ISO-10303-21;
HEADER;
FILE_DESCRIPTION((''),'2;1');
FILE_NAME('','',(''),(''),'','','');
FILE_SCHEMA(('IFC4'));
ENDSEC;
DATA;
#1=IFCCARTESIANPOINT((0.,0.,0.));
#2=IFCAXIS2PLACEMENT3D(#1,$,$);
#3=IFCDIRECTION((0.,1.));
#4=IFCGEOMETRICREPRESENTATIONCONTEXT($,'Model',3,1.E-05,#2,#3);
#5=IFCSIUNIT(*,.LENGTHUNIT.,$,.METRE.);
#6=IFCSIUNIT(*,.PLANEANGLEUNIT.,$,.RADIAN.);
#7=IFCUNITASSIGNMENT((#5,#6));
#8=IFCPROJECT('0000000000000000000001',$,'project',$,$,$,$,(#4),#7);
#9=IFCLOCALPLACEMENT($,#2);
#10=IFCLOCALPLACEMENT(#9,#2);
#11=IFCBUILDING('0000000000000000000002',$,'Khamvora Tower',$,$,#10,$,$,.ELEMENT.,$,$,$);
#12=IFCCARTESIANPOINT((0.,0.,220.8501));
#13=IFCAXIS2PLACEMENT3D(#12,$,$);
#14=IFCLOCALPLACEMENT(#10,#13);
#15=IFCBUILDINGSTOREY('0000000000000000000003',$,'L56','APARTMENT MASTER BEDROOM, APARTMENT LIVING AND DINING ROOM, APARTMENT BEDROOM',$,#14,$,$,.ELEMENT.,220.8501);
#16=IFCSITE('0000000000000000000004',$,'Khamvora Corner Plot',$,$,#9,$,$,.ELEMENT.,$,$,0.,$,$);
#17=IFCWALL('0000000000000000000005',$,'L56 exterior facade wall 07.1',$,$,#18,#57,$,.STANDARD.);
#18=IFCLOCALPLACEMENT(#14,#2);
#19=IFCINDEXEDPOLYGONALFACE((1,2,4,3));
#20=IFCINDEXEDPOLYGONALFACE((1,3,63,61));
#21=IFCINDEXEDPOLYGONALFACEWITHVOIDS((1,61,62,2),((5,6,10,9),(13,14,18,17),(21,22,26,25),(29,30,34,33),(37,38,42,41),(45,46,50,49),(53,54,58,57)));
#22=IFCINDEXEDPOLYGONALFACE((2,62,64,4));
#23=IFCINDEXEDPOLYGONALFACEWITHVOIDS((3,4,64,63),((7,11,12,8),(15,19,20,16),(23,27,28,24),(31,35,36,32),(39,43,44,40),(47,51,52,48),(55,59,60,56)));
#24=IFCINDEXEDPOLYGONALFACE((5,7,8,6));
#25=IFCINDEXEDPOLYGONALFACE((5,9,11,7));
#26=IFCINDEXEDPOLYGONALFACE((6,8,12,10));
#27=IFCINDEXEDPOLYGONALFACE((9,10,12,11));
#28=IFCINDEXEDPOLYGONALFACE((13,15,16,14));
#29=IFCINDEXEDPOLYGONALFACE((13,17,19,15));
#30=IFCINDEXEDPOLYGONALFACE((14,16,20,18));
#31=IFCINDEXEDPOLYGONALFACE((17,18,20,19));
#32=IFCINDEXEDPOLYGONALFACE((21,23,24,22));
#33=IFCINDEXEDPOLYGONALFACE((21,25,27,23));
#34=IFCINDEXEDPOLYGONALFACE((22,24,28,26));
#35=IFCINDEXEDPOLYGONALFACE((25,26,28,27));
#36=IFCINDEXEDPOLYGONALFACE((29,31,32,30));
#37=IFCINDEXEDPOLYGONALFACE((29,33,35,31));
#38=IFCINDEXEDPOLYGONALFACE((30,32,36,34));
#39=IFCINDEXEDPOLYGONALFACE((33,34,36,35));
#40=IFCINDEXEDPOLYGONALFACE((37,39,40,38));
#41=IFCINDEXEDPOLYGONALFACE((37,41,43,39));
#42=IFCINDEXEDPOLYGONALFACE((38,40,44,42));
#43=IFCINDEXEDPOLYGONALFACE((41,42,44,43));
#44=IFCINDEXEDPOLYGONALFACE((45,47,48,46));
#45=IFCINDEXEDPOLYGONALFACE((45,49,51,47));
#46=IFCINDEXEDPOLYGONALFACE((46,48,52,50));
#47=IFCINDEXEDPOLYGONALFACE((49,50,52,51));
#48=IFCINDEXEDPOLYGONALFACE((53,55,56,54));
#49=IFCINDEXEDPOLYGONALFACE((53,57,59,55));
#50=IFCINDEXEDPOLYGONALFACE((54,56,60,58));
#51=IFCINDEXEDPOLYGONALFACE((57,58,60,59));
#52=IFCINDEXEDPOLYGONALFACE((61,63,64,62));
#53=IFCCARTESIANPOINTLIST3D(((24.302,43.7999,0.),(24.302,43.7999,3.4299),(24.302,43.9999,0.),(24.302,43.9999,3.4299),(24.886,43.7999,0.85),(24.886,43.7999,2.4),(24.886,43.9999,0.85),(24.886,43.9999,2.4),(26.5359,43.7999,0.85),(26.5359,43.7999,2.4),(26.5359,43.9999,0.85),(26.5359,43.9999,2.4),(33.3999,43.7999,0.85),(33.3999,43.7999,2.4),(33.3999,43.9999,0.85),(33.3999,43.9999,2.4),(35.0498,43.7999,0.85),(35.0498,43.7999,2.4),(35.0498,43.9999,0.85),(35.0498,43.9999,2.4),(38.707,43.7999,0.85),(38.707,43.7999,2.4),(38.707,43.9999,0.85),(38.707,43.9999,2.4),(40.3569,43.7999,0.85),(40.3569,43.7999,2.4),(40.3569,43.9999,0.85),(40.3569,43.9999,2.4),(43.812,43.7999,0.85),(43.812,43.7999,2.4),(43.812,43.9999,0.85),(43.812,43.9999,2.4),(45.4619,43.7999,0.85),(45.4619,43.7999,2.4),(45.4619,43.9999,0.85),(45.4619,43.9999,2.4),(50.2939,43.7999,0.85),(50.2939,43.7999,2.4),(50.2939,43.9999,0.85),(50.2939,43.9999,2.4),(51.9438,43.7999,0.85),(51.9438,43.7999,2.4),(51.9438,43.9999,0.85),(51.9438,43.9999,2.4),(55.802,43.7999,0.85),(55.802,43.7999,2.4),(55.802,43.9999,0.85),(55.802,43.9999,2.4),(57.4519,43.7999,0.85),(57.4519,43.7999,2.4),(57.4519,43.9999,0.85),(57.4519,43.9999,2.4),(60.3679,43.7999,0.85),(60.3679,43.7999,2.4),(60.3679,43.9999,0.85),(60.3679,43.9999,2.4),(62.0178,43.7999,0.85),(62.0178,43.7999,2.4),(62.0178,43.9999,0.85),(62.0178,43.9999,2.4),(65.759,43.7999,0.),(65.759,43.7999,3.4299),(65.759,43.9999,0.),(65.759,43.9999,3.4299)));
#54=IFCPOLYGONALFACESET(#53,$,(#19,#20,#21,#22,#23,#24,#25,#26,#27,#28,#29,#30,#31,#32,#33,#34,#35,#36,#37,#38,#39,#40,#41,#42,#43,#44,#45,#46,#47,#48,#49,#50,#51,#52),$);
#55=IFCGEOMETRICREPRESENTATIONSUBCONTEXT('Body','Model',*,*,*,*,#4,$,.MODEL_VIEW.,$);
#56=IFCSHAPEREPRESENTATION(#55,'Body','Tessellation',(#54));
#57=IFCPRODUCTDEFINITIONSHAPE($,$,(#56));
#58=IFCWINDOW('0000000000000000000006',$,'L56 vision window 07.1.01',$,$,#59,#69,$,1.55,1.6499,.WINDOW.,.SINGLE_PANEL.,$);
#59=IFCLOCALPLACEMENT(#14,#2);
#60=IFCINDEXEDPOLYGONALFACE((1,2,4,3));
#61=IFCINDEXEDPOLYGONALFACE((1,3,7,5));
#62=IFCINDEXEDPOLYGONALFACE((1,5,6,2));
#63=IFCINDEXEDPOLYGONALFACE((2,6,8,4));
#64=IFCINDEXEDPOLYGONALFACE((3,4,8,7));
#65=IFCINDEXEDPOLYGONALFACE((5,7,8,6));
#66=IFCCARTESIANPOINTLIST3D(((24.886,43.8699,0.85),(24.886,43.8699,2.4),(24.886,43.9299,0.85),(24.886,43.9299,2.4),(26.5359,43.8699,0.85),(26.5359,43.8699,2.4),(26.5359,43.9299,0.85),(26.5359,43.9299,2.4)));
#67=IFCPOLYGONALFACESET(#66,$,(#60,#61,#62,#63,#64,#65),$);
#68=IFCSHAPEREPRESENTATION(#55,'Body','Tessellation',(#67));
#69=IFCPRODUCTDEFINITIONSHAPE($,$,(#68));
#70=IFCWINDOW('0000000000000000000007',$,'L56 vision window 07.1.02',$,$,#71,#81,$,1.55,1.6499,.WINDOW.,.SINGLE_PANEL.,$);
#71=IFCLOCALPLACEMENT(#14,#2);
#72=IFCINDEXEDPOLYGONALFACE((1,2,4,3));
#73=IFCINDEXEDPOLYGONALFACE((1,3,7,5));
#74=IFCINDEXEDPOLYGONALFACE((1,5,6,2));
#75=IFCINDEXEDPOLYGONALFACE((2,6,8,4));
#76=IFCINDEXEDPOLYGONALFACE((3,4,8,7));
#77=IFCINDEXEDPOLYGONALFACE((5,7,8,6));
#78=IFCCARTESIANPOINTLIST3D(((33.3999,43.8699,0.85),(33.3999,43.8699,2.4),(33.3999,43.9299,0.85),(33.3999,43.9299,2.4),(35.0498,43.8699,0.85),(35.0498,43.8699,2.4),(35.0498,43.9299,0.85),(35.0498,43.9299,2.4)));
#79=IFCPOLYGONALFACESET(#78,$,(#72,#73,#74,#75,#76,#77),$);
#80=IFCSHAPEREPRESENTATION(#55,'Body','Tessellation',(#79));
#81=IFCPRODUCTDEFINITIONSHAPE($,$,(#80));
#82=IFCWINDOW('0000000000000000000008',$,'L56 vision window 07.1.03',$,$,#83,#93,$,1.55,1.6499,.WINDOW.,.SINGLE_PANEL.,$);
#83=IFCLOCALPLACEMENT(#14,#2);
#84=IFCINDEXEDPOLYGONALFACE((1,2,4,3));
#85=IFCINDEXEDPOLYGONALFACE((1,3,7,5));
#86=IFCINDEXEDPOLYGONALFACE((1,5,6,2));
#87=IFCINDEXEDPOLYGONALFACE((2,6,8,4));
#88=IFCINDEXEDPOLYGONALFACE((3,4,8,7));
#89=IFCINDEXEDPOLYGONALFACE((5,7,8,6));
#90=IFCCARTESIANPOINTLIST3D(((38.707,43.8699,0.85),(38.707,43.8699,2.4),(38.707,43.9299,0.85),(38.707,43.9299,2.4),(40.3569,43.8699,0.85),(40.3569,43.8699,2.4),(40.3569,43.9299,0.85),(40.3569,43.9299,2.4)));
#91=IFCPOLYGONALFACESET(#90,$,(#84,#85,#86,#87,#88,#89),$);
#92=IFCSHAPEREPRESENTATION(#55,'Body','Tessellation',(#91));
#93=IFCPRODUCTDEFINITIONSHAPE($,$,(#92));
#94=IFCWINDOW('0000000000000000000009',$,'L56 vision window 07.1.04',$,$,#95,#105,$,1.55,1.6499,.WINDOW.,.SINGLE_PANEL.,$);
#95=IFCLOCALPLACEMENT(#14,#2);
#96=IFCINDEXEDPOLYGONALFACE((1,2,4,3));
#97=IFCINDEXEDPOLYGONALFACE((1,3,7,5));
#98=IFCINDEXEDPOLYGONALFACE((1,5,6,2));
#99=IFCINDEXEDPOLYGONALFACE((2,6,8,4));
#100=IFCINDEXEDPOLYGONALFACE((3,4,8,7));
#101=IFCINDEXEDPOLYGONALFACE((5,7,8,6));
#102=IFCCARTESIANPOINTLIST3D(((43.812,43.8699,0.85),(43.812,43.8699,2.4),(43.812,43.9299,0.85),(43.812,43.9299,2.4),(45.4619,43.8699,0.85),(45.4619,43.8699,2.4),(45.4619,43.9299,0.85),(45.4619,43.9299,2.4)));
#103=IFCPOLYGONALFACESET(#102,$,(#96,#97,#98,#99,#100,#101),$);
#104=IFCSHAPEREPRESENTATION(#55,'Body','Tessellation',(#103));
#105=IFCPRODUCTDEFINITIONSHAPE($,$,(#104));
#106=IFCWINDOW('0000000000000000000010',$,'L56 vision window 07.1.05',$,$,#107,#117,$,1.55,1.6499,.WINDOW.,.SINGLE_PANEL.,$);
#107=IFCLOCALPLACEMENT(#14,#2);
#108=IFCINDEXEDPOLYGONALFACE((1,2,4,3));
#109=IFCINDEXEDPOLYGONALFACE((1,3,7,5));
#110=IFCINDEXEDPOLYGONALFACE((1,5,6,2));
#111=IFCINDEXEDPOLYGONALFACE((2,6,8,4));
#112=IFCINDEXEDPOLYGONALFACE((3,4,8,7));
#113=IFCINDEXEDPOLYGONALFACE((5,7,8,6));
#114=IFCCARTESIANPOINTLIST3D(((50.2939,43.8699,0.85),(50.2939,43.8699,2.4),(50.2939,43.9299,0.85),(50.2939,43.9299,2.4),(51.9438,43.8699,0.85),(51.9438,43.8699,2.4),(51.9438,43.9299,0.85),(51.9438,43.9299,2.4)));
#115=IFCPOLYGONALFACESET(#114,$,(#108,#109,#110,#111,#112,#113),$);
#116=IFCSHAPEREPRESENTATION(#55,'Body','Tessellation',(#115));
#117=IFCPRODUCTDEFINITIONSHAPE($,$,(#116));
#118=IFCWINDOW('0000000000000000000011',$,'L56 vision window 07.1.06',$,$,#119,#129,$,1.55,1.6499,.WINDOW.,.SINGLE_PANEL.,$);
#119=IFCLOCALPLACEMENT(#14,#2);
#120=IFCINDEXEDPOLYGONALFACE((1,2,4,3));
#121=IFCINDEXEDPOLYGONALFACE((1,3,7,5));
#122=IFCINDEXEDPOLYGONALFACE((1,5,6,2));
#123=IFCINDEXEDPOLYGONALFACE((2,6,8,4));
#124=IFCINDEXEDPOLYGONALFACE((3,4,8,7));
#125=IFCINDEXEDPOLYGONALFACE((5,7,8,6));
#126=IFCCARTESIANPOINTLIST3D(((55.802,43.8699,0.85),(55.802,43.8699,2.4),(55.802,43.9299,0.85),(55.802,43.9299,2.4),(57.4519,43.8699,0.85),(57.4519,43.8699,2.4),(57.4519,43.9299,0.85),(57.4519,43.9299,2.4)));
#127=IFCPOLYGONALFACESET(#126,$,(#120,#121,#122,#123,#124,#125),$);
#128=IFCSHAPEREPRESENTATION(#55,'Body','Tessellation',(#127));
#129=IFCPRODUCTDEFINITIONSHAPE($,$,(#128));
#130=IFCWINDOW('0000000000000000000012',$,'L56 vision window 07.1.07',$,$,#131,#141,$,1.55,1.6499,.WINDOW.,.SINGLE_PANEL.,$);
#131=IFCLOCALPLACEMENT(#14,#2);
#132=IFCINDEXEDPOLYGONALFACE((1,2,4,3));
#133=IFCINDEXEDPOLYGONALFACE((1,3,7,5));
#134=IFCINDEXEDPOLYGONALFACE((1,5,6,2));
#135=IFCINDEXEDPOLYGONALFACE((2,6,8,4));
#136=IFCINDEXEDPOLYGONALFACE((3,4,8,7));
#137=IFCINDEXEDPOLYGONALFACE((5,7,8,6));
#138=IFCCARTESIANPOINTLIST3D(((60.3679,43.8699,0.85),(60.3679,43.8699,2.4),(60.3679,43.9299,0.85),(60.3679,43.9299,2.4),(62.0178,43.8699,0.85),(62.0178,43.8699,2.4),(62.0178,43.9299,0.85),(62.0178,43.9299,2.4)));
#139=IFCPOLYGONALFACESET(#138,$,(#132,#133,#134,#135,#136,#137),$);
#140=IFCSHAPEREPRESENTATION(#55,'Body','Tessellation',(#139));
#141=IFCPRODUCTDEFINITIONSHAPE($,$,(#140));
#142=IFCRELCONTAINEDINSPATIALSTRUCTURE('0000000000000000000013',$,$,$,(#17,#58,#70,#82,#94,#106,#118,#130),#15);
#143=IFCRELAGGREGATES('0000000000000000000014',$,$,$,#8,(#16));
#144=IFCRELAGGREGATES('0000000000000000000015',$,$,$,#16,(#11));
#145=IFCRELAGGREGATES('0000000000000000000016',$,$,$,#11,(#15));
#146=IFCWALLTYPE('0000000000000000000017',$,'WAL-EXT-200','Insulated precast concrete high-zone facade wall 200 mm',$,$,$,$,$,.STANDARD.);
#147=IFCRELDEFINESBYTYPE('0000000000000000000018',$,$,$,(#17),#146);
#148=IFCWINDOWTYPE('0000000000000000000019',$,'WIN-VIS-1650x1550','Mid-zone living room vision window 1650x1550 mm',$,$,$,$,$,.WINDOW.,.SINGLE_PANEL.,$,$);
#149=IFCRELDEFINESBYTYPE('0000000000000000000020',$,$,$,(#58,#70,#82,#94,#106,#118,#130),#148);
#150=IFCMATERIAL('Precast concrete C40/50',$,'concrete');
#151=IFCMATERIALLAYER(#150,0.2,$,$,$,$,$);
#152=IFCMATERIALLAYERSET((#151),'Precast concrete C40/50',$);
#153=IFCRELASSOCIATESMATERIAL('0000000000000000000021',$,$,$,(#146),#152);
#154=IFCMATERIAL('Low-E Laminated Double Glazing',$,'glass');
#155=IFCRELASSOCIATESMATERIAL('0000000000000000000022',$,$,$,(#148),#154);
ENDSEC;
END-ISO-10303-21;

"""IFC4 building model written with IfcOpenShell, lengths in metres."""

from ifc_helpers import new_model, si_unit, direction, frame, frame_2d, origin, place, context, subcontext, project, spatial, rectangle, extrude, material, layer, layer_set, type_object, element, fill, save


model = new_model("IFC4")

# Units and contexts
model_context = context("Model", 3, precision=1e-05, world=origin(), true_north=direction((0.0, 1.0)))
body_context = subcontext(model_context, "Body", "Model", "MODEL_VIEW")
ifc_project = project(units=[si_unit("LENGTHUNIT", "METRE"), si_unit("PLANEANGLEUNIT", "RADIAN")], contexts=[model_context])

# Site, building, storey
site_placement = place(None, origin())
site = spatial("IfcSite", under=ifc_project, at=site_placement, Name="Khamvora Corner Plot", CompositionType="ELEMENT", RefElevation=0.0)
building_placement = place(site_placement, origin())
building = spatial("IfcBuilding", under=site, at=building_placement, Name="Khamvora Tower", CompositionType="ELEMENT")
storey_placement = place(building_placement, frame((0.0, 0.0, 220.8501)))
storey = spatial("IfcBuildingStorey", under=building, at=storey_placement, Name="L56", Description="APARTMENT MASTER BEDROOM, APARTMENT LIVING AND DINING ROOM, APARTMENT BEDROOM", CompositionType="ELEMENT", Elevation=220.8501)

# Shared definitions
ifc_material_1 = material(Name="Low-E Laminated Double Glazing", Category="glass")

# Shared definitions
ifc_material_2 = material(Name="Precast concrete C40/50", Category="concrete")
ifc_layer_1 = layer(ifc_material_2, 0.2)
ifc_layer_set_1 = layer_set([ifc_layer_1], Name="Precast concrete C40/50")
wall_type_1 = type_object("IfcWallType", Name="WAL-EXT-200", Description="Insulated precast concrete high-zone facade wall 200 mm", PredefinedType="STANDARD", material=ifc_layer_set_1)

# Wall, openings, windows
wall_1_placement = place(storey_placement, frame((24.302, 43.8999, 0.0), z_axis=(0.0, 0.0, 1.0), x_axis=(1.0, 0.0, 0.0)))
wall_1 = element("IfcWall", 1, at=wall_1_placement, inside=storey, type_object=wall_type_1, Name="L56 exterior facade wall 07.1", PredefinedType="STANDARD", context=body_context, shape_type="SweptSolid", body=[
    extrude(rectangle(XDim=41.457, YDim=0.2, at=frame_2d((20.7285, 0.0))), origin(), (0.0, 0.0, 1.0), 3.4299),
])
opening_1_placement = place(wall_1_placement, frame((0.584, 0.0, 0.8501)))
opening_1 = element("IfcOpeningElement", 2, at=opening_1_placement, cuts=wall_1, PredefinedType="OPENING", context=body_context, shape_type="SweptSolid", body=[
    extrude(rectangle(XDim=1.6499, YDim=1.55, at=frame_2d((0.825, 0.7749))), frame((0.0, 0.1099, 0.0), z_axis=(0.0, -1.0, 0.0), x_axis=(1.0, 0.0, 0.0)), (0.0, 0.0, 1.0), 0.22),
])
opening_2_placement = place(wall_1_placement, frame((9.0979, 0.0, 0.8501)))
opening_2 = element("IfcOpeningElement", 3, at=opening_2_placement, cuts=wall_1, PredefinedType="OPENING", context=body_context, shape_type="SweptSolid", body=[
    extrude(rectangle(XDim=1.6499, YDim=1.55, at=frame_2d((0.825, 0.7749))), frame((0.0, 0.1099, 0.0), z_axis=(0.0, -1.0, 0.0), x_axis=(1.0, 0.0, 0.0)), (0.0, 0.0, 1.0), 0.22),
])
opening_3_placement = place(wall_1_placement, frame((14.405, 0.0, 0.8501)))
opening_3 = element("IfcOpeningElement", 4, at=opening_3_placement, cuts=wall_1, PredefinedType="OPENING", context=body_context, shape_type="SweptSolid", body=[
    extrude(rectangle(XDim=1.6499, YDim=1.55, at=frame_2d((0.825, 0.7749))), frame((0.0, 0.1099, 0.0), z_axis=(0.0, -1.0, 0.0), x_axis=(1.0, 0.0, 0.0)), (0.0, 0.0, 1.0), 0.22),
])
opening_4_placement = place(wall_1_placement, frame((19.51, 0.0, 0.8501)))
opening_4 = element("IfcOpeningElement", 5, at=opening_4_placement, cuts=wall_1, PredefinedType="OPENING", context=body_context, shape_type="SweptSolid", body=[
    extrude(rectangle(XDim=1.6499, YDim=1.55, at=frame_2d((0.825, 0.7749))), frame((0.0, 0.1099, 0.0), z_axis=(0.0, -1.0, 0.0), x_axis=(1.0, 0.0, 0.0)), (0.0, 0.0, 1.0), 0.22),
])
opening_5_placement = place(wall_1_placement, frame((25.9919, 0.0, 0.8501)))
opening_5 = element("IfcOpeningElement", 6, at=opening_5_placement, cuts=wall_1, PredefinedType="OPENING", context=body_context, shape_type="SweptSolid", body=[
    extrude(rectangle(XDim=1.6499, YDim=1.55, at=frame_2d((0.825, 0.7749))), frame((0.0, 0.1099, 0.0), z_axis=(0.0, -1.0, 0.0), x_axis=(1.0, 0.0, 0.0)), (0.0, 0.0, 1.0), 0.22),
])
opening_6_placement = place(wall_1_placement, frame((31.5, 0.0, 0.8501)))
opening_6 = element("IfcOpeningElement", 7, at=opening_6_placement, cuts=wall_1, PredefinedType="OPENING", context=body_context, shape_type="SweptSolid", body=[
    extrude(rectangle(XDim=1.6499, YDim=1.55, at=frame_2d((0.825, 0.7749))), frame((0.0, 0.1099, 0.0), z_axis=(0.0, -1.0, 0.0), x_axis=(1.0, 0.0, 0.0)), (0.0, 0.0, 1.0), 0.22),
])
opening_7_placement = place(wall_1_placement, frame((36.0659, 0.0, 0.8501)))
opening_7 = element("IfcOpeningElement", 8, at=opening_7_placement, cuts=wall_1, PredefinedType="OPENING", context=body_context, shape_type="SweptSolid", body=[
    extrude(rectangle(XDim=1.6499, YDim=1.55, at=frame_2d((0.825, 0.7749))), frame((0.0, 0.1099, 0.0), z_axis=(0.0, -1.0, 0.0), x_axis=(1.0, 0.0, 0.0)), (0.0, 0.0, 1.0), 0.22),
])
window_type = type_object("IfcWindowType", Name="WIN-VIS-1650x1550", Description="Mid-zone living room vision window 1650x1550 mm", PartitioningType="SINGLE_PANEL", PredefinedType="WINDOW", material=ifc_material_1)
window_1_placement = place(opening_1_placement, origin())
window_1 = element("IfcWindow", 9, at=window_1_placement, inside=storey, type_object=window_type, Name="L56 vision window 07.1.01", OverallHeight=1.55, OverallWidth=1.6499, PartitioningType="SINGLE_PANEL", PredefinedType="WINDOW", context=body_context, shape_type="SweptSolid", body=[
    extrude(rectangle(XDim=1.6499, YDim=1.55, at=frame_2d((0.825, 0.7749))), frame((0.0, 0.03, 0.0), z_axis=(0.0, -1.0, 0.0), x_axis=(1.0, 0.0, 0.0)), (0.0, 0.0, 1.0), 0.0601),
])
fill(opening_1, window_1)
window_2_placement = place(opening_2_placement, origin())
window_2 = element("IfcWindow", 10, at=window_2_placement, inside=storey, type_object=window_type, Name="L56 vision window 07.1.02", OverallHeight=1.55, OverallWidth=1.6499, PartitioningType="SINGLE_PANEL", PredefinedType="WINDOW", context=body_context, shape_type="SweptSolid", body=[
    extrude(rectangle(XDim=1.6499, YDim=1.55, at=frame_2d((0.825, 0.7749))), frame((0.0, 0.03, 0.0), z_axis=(0.0, -1.0, 0.0), x_axis=(1.0, 0.0, 0.0)), (0.0, 0.0, 1.0), 0.0601),
])
fill(opening_2, window_2)
window_3_placement = place(opening_3_placement, origin())
window_3 = element("IfcWindow", 11, at=window_3_placement, inside=storey, type_object=window_type, Name="L56 vision window 07.1.03", OverallHeight=1.55, OverallWidth=1.6499, PartitioningType="SINGLE_PANEL", PredefinedType="WINDOW", context=body_context, shape_type="SweptSolid", body=[
    extrude(rectangle(XDim=1.6499, YDim=1.55, at=frame_2d((0.825, 0.7749))), frame((0.0, 0.03, 0.0), z_axis=(0.0, -1.0, 0.0), x_axis=(1.0, 0.0, 0.0)), (0.0, 0.0, 1.0), 0.0601),
])
fill(opening_3, window_3)
window_4_placement = place(opening_4_placement, origin())
window_4 = element("IfcWindow", 12, at=window_4_placement, inside=storey, type_object=window_type, Name="L56 vision window 07.1.04", OverallHeight=1.55, OverallWidth=1.6499, PartitioningType="SINGLE_PANEL", PredefinedType="WINDOW", context=body_context, shape_type="SweptSolid", body=[
    extrude(rectangle(XDim=1.6499, YDim=1.55, at=frame_2d((0.825, 0.7749))), frame((0.0, 0.03, 0.0), z_axis=(0.0, -1.0, 0.0), x_axis=(1.0, 0.0, 0.0)), (0.0, 0.0, 1.0), 0.0601),
])
fill(opening_4, window_4)
window_5_placement = place(opening_5_placement, origin())
window_5 = element("IfcWindow", 13, at=window_5_placement, inside=storey, type_object=window_type, Name="L56 vision window 07.1.05", OverallHeight=1.55, OverallWidth=1.6499, PartitioningType="SINGLE_PANEL", PredefinedType="WINDOW", context=body_context, shape_type="SweptSolid", body=[
    extrude(rectangle(XDim=1.6499, YDim=1.55, at=frame_2d((0.825, 0.7749))), frame((0.0, 0.03, 0.0), z_axis=(0.0, -1.0, 0.0), x_axis=(1.0, 0.0, 0.0)), (0.0, 0.0, 1.0), 0.0601),
])
fill(opening_5, window_5)
window_6_placement = place(opening_6_placement, origin())
window_6 = element("IfcWindow", 14, at=window_6_placement, inside=storey, type_object=window_type, Name="L56 vision window 07.1.06", OverallHeight=1.55, OverallWidth=1.6499, PartitioningType="SINGLE_PANEL", PredefinedType="WINDOW", context=body_context, shape_type="SweptSolid", body=[
    extrude(rectangle(XDim=1.6499, YDim=1.55, at=frame_2d((0.825, 0.7749))), frame((0.0, 0.03, 0.0), z_axis=(0.0, -1.0, 0.0), x_axis=(1.0, 0.0, 0.0)), (0.0, 0.0, 1.0), 0.0601),
])
fill(opening_6, window_6)
window_7_placement = place(opening_7_placement, origin())
window_7 = element("IfcWindow", 15, at=window_7_placement, inside=storey, type_object=window_type, Name="L56 vision window 07.1.07", OverallHeight=1.55, OverallWidth=1.6499, PartitioningType="SINGLE_PANEL", PredefinedType="WINDOW", context=body_context, shape_type="SweptSolid", body=[
    extrude(rectangle(XDim=1.6499, YDim=1.55, at=frame_2d((0.825, 0.7749))), frame((0.0, 0.03, 0.0), z_axis=(0.0, -1.0, 0.0), x_axis=(1.0, 0.0, 0.0)), (0.0, 0.0, 1.0), 0.0601),
])
fill(opening_7, window_7)

save(model, "model.ifc")
